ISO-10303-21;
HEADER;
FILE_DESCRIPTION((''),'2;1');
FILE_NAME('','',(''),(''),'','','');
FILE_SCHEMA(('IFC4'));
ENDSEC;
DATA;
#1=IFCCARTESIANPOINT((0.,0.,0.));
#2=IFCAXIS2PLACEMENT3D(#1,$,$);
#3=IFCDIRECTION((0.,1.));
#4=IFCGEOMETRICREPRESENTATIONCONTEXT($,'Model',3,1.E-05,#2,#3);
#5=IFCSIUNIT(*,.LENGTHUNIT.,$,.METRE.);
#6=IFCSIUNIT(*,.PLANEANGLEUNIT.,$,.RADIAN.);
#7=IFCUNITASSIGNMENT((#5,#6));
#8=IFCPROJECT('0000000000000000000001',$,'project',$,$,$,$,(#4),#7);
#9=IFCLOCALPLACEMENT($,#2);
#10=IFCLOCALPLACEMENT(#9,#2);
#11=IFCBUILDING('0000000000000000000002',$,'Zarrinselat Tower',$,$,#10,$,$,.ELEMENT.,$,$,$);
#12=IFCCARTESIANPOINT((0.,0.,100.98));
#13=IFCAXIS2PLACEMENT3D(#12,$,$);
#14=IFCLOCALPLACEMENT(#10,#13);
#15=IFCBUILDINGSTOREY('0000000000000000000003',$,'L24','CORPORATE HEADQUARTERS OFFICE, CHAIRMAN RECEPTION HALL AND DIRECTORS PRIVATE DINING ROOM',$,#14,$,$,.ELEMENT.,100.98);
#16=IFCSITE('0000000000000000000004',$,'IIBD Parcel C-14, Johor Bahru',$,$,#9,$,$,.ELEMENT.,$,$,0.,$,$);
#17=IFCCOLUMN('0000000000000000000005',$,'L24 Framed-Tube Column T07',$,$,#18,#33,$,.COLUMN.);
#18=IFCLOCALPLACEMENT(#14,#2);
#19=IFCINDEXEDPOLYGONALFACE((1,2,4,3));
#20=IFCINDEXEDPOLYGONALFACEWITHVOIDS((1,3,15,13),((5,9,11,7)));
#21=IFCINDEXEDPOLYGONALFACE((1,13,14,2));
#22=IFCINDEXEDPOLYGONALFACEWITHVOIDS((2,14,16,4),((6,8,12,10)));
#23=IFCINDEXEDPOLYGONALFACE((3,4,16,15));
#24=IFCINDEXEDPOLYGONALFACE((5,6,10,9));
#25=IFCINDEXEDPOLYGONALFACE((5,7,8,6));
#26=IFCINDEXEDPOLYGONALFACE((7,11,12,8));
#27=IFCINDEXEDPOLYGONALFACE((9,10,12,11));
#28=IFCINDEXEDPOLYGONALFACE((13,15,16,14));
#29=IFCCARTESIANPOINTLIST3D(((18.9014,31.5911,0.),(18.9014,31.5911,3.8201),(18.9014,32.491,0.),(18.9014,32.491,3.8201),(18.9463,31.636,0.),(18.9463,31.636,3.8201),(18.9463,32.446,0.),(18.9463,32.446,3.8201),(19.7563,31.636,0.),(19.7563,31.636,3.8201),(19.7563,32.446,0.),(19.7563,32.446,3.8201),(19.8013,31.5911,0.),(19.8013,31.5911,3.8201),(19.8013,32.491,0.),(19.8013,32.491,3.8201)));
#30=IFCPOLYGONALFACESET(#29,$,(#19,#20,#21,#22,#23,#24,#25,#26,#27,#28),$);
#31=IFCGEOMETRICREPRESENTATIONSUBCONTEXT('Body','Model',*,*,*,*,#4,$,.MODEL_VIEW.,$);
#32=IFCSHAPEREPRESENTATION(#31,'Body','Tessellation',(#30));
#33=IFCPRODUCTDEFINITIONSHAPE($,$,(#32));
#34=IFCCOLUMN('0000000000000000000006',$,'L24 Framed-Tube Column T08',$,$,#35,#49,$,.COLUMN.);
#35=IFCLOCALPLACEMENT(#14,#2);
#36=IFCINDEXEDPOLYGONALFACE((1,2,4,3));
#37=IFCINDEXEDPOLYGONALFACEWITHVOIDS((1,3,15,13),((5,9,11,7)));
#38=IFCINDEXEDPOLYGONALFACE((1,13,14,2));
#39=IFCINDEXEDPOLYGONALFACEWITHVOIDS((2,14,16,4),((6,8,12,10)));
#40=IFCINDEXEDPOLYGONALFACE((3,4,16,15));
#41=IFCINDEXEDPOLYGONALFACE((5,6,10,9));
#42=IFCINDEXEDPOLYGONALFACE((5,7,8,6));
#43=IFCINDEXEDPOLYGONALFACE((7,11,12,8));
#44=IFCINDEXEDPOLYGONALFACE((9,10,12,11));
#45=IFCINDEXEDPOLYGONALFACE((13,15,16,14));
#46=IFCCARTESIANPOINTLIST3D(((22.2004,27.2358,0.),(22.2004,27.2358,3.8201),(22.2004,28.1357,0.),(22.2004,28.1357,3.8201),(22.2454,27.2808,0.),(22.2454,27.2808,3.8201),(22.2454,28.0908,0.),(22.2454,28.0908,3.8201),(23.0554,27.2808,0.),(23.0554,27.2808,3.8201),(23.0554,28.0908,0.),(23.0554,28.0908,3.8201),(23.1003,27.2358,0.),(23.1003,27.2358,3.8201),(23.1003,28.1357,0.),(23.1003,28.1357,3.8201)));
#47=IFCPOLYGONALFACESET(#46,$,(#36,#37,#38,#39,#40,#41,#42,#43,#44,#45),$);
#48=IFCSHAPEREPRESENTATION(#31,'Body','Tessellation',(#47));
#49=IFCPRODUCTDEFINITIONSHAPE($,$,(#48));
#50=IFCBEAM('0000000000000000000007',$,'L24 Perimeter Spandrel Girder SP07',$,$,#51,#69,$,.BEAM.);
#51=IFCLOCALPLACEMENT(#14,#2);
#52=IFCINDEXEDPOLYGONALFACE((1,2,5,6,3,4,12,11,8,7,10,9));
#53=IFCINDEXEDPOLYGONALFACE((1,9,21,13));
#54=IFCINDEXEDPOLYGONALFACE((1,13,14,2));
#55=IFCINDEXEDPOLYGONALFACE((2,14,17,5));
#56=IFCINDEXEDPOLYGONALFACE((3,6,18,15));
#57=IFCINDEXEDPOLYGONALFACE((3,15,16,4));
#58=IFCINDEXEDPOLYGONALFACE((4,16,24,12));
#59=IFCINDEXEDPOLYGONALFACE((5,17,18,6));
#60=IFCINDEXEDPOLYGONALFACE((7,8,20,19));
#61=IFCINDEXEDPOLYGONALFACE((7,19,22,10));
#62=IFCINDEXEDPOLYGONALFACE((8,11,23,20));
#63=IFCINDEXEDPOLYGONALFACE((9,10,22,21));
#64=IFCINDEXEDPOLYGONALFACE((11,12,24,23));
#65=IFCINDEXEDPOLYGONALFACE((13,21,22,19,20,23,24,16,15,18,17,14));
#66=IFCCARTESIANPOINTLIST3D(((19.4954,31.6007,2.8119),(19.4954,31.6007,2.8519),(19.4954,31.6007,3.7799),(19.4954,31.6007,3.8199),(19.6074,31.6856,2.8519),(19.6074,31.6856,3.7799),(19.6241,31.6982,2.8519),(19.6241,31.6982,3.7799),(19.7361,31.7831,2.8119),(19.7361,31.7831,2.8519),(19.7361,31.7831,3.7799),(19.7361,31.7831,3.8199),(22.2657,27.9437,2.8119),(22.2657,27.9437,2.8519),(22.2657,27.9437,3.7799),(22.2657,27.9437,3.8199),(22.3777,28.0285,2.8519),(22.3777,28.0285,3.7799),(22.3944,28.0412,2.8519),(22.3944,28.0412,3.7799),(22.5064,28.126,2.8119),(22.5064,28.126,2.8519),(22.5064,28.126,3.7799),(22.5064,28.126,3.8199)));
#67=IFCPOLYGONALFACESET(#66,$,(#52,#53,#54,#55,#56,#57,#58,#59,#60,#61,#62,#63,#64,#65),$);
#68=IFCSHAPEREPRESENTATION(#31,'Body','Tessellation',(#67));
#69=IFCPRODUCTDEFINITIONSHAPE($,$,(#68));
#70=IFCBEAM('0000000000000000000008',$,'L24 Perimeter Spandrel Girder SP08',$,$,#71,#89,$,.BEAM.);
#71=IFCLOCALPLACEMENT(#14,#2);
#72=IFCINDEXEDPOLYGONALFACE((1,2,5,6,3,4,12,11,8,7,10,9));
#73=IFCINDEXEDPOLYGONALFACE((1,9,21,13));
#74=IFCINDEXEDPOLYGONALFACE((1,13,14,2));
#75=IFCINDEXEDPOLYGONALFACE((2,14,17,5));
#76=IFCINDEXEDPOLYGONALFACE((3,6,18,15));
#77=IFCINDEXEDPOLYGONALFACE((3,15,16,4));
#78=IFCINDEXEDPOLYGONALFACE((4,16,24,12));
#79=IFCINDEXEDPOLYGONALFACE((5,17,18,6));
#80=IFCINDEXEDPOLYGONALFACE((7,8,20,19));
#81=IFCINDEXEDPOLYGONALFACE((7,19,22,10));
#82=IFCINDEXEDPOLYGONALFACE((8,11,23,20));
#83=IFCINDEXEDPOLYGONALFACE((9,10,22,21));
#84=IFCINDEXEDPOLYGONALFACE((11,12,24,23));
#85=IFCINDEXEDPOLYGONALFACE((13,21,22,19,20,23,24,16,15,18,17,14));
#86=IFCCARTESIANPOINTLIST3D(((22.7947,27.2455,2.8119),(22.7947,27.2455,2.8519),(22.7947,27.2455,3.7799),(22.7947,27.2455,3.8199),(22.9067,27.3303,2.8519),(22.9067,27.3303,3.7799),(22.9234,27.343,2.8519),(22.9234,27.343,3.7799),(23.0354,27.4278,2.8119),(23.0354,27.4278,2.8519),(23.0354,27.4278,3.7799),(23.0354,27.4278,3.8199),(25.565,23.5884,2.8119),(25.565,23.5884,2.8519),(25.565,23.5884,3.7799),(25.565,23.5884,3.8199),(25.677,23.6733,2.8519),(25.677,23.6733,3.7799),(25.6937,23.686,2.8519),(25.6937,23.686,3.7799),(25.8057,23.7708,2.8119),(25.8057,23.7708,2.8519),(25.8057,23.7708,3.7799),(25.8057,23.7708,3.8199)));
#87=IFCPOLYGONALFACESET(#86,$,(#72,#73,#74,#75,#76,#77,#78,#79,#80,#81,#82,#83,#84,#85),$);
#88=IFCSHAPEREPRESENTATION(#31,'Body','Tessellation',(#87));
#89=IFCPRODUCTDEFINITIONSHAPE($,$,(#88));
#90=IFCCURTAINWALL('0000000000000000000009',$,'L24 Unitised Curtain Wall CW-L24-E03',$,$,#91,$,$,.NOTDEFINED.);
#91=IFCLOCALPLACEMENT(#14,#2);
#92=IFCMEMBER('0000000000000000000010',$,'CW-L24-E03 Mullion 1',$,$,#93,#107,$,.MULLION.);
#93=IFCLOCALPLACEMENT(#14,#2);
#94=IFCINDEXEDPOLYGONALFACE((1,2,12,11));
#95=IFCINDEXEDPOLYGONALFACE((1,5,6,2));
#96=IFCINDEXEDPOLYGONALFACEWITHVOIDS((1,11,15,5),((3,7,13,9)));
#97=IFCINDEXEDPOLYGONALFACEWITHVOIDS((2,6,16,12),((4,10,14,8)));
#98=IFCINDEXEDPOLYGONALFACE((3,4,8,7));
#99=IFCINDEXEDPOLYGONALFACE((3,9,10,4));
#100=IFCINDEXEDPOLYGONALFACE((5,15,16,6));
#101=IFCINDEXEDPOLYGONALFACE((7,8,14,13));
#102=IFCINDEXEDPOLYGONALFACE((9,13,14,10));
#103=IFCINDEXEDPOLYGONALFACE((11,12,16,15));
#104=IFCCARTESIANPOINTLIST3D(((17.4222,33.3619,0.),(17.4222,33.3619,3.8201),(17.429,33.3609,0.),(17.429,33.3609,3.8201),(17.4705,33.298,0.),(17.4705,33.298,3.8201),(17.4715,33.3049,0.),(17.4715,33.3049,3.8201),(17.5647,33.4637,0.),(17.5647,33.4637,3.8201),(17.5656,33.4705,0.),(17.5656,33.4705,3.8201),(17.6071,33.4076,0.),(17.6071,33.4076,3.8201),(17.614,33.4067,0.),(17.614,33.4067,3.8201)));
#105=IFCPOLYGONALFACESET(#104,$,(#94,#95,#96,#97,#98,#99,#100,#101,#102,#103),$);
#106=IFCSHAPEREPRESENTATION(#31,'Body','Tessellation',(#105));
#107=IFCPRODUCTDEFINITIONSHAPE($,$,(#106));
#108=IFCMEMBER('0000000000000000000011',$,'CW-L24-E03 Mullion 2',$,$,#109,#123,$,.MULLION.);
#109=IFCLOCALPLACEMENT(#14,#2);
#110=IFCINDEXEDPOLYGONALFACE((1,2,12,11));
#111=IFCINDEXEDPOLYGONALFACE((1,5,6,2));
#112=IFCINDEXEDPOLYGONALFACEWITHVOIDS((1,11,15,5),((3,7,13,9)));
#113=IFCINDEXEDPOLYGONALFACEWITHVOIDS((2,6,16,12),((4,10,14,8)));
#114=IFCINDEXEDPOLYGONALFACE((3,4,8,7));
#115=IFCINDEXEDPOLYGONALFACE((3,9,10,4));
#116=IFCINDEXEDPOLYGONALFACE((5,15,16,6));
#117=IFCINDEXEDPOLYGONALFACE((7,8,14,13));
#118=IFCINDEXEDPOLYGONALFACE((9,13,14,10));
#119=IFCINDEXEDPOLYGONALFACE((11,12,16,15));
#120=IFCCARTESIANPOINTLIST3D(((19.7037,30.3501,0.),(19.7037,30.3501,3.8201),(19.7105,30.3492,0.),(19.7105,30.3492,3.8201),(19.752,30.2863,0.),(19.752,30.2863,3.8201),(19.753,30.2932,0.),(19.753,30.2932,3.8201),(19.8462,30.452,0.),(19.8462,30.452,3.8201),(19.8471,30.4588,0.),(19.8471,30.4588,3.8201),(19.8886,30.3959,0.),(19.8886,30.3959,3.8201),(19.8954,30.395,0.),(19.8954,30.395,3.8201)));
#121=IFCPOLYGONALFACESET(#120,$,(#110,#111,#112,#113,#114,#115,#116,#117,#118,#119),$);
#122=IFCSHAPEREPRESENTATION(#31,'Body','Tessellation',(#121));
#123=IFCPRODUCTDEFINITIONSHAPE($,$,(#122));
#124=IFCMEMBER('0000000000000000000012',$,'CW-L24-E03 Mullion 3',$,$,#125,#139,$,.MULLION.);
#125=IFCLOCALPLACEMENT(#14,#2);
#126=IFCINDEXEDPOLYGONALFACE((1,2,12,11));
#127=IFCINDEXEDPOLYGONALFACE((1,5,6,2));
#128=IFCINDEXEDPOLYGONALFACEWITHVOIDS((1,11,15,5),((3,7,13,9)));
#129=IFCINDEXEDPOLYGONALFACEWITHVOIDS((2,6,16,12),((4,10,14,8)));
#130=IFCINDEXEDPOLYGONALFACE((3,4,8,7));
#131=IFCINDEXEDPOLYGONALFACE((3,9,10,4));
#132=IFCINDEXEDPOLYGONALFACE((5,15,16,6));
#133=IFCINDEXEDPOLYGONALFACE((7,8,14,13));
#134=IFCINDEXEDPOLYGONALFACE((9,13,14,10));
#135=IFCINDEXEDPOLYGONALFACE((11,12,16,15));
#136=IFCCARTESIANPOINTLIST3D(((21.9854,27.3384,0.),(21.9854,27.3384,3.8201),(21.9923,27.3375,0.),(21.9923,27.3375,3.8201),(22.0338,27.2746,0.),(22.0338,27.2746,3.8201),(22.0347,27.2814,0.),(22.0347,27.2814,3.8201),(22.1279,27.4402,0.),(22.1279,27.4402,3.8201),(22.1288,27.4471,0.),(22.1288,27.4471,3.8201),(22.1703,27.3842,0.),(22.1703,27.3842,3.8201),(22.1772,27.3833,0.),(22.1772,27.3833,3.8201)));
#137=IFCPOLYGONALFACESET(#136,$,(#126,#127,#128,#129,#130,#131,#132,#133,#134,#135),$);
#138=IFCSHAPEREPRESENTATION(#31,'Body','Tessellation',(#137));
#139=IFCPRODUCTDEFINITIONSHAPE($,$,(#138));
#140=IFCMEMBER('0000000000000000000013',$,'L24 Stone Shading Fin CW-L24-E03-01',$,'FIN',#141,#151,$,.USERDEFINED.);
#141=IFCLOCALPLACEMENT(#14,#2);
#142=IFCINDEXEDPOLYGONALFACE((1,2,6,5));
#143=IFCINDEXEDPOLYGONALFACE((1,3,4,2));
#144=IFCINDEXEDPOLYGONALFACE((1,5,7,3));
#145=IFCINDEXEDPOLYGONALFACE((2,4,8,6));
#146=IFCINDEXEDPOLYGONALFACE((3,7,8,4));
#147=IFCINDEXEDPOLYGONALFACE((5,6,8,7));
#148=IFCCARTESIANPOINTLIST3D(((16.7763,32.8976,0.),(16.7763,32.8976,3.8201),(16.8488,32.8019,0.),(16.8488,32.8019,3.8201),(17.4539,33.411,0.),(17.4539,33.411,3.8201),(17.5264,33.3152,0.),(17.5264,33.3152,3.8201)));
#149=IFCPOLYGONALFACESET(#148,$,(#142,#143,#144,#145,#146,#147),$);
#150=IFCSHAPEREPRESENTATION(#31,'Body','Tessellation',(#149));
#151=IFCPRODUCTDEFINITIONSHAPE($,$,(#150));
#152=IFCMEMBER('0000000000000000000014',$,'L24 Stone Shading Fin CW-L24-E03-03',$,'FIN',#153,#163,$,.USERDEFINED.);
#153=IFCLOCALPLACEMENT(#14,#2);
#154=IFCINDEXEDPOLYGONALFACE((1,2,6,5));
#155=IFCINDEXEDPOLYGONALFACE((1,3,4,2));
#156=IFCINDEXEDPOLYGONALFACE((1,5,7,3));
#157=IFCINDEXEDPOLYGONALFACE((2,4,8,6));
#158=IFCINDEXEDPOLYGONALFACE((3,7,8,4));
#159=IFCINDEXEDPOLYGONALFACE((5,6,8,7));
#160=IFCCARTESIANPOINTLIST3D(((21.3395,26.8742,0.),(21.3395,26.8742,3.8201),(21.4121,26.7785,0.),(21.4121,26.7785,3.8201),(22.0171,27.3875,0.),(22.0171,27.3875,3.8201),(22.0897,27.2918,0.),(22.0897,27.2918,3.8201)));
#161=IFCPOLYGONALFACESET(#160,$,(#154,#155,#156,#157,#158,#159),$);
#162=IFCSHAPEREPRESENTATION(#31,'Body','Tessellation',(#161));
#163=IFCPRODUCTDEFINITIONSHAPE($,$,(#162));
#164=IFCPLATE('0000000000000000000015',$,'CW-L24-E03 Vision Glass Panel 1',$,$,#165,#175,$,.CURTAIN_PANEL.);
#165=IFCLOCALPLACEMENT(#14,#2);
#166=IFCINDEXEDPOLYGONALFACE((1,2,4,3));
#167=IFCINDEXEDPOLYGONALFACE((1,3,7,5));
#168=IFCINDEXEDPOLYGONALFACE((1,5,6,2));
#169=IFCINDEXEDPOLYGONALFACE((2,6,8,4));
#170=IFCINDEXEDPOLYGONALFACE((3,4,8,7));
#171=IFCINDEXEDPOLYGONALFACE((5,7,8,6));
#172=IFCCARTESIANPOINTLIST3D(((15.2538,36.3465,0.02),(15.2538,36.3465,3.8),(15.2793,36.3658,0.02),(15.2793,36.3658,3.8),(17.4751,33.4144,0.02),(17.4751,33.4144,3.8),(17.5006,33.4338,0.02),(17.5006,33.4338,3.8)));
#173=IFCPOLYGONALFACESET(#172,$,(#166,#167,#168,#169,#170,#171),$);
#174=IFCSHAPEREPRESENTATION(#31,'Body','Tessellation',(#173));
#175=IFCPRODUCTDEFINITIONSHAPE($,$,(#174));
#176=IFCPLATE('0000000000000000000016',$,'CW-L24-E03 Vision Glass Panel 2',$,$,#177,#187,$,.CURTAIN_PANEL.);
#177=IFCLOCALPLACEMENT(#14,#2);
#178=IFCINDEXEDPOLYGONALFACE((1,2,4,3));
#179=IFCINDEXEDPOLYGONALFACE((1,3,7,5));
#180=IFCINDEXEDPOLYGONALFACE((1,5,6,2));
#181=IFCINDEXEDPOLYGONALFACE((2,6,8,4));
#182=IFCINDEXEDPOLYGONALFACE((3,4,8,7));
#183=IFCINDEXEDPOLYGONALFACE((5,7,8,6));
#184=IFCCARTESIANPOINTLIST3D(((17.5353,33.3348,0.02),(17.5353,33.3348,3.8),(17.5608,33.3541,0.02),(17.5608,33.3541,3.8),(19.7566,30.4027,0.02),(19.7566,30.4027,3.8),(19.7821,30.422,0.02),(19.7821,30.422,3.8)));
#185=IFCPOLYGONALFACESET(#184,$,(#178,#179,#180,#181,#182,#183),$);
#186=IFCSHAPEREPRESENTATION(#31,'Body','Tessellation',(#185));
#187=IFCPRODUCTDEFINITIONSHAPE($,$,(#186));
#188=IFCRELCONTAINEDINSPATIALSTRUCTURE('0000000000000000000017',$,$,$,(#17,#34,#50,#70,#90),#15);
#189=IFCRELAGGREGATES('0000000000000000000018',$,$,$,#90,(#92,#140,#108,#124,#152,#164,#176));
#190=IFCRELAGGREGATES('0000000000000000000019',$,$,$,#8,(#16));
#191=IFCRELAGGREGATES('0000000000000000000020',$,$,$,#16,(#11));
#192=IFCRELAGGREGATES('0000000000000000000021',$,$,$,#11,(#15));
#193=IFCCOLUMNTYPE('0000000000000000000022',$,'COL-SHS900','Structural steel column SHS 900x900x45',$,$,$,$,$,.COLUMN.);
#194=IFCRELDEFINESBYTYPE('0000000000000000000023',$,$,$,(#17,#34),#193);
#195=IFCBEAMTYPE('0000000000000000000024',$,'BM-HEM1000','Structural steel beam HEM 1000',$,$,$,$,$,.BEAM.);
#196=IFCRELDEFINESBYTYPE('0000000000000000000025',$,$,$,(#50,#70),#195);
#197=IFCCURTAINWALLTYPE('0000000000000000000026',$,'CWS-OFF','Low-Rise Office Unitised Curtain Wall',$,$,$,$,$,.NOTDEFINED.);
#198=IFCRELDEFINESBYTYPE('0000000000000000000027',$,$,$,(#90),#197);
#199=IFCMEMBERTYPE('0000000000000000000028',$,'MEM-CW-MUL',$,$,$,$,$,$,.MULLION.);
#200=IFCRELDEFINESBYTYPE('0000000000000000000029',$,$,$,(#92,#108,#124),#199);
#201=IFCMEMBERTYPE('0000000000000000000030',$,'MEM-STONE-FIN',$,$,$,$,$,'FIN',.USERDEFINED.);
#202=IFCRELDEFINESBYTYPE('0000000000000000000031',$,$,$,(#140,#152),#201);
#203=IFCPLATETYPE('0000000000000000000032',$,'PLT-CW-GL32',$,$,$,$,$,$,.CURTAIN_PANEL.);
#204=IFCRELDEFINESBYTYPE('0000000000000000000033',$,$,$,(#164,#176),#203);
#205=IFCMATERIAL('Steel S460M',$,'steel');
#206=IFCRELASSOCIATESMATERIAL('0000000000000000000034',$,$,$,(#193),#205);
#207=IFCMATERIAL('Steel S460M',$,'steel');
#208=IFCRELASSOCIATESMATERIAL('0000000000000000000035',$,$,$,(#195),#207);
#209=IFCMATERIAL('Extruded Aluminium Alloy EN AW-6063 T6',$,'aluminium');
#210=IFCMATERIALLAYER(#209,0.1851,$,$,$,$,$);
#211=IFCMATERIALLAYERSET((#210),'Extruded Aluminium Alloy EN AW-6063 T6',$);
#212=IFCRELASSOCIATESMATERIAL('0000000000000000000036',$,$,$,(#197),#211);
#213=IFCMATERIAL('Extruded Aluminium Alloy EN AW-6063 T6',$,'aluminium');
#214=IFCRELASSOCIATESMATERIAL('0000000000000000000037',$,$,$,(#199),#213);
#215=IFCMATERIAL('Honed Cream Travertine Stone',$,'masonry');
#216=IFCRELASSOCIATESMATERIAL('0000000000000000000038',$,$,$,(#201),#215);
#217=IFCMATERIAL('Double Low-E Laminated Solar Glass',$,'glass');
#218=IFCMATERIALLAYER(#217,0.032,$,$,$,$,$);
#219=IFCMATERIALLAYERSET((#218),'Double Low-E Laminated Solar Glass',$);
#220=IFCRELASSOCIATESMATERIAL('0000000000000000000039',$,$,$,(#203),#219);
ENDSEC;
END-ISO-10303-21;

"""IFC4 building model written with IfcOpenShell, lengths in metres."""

from ifc_helpers import new_model, si_unit, direction, frame, origin, origin_2d, place, context, subcontext, project, spatial, rectangle, hollow_rectangle, i_section, extrude, material, layer, layer_set, material_profile, profile_set, type_object, element, aggregate, save


model = new_model("IFC4")

# Units and contexts
model_context = context("Model", 3, precision=1e-05, world=origin(), true_north=direction((0.0, 1.0)))
body_context = subcontext(model_context, "Body", "Model", "MODEL_VIEW")
ifc_project = project(units=[si_unit("LENGTHUNIT", "METRE"), si_unit("PLANEANGLEUNIT", "RADIAN")], contexts=[model_context])

# Site, building, storey
site_placement = place(None, origin())
site = spatial("IfcSite", under=ifc_project, at=site_placement, Name="IIBD Parcel C-14, Johor Bahru", CompositionType="ELEMENT", RefElevation=0.0)
building_placement = place(site_placement, origin())
building = spatial("IfcBuilding", under=site, at=building_placement, Name="Zarrinselat Tower", CompositionType="ELEMENT")
storey_placement = place(building_placement, frame((0.0, 0.0, 100.98)))
storey = spatial("IfcBuildingStorey", under=building, at=storey_placement, Name="L24", Description="CORPORATE HEADQUARTERS OFFICE, CHAIRMAN RECEPTION HALL AND DIRECTORS PRIVATE DINING ROOM", CompositionType="ELEMENT", Elevation=100.98)

# Columns
ifc_material_1 = material(Name="Steel S460M", Category="steel")
ifc_material_profile_1 = material_profile(ifc_material_1, hollow_rectangle(XDim=0.8999, YDim=0.8999, WallThickness=0.0449, at=origin_2d()), Name="SHS 900x900x45")
ifc_profile_set_1 = profile_set([ifc_material_profile_1], Name="Steel S460M")
column_type = type_object("IfcColumnType", Name="COL-SHS900", Description="Structural steel column SHS 900x900x45", PredefinedType="COLUMN", material=ifc_profile_set_1)
for number, where, z_axis, x_axis, name in (
    (1, (19.3513, 32.041, 0.0), (0.0, 0.0, 1.0), (1.0, 0.0, 0.0), "L24 Framed-Tube Column T07"),
    (2, (22.6504, 27.6858, 0.0), (0.0, 0.0, 1.0), (1.0, 0.0, 0.0), "L24 Framed-Tube Column T08"),
):
    element("IfcColumn", number, at=place(storey_placement, frame(where, z_axis=z_axis, x_axis=x_axis)), inside=storey, type_object=column_type, Name=name, PredefinedType="COLUMN", context=body_context, shape_type="SweptSolid", body=[
        extrude(hollow_rectangle(XDim=0.8999, YDim=0.8999, WallThickness=0.0449, at=origin_2d()), origin(), (0.0, 0.0, 1.0), 3.8201),
    ])

# Beams
ifc_material_2 = material(Name="Steel S460M", Category="steel")
ifc_material_profile_2 = material_profile(ifc_material_2, i_section(OverallWidth=0.302, OverallDepth=1.0081, WebThickness=0.021, FlangeThickness=0.04, at=origin_2d()), Name="HEM 1000")
ifc_profile_set_2 = profile_set([ifc_material_profile_2], Name="Steel S460M")
beam_type = type_object("IfcBeamType", Name="BM-HEM1000", Description="Structural steel beam HEM 1000", PredefinedType="BEAM", material=ifc_profile_set_2)
for number, where, z_axis, x_axis, name in (
    (3, (19.6157, 31.6919, 3.3159), (0.603833, -0.797111, 0.0), (0.797111, 0.603833, 0.0), "L24 Perimeter Spandrel Girder SP07"),
    (4, (22.915, 27.3367, 3.3159), (0.603833, -0.797111, 0.0), (0.797111, 0.603833, 0.0), "L24 Perimeter Spandrel Girder SP08"),
):
    element("IfcBeam", number, at=place(storey_placement, frame(where, z_axis=z_axis, x_axis=x_axis)), inside=storey, type_object=beam_type, Name=name, PredefinedType="BEAM", context=body_context, shape_type="SweptSolid", body=[
        extrude(i_section(OverallWidth=0.302, OverallDepth=1.0081, WebThickness=0.021, FlangeThickness=0.04, at=origin_2d()), origin(), (0.0, 0.0, 1.0), 4.5879),
    ])

# Curtain wall, members, plates
ifc_material_3 = material(Name="Extruded Aluminium Alloy EN AW-6063 T6", Category="aluminium")
ifc_layer_1 = layer(ifc_material_3, 0.1851)
ifc_layer_set_1 = layer_set([ifc_layer_1], Name="Extruded Aluminium Alloy EN AW-6063 T6")
curtain_wall_type = type_object("IfcCurtainWallType", Name="CWS-OFF", Description="Low-Rise Office Unitised Curtain Wall", PredefinedType="NOTDEFINED", material=ifc_layer_set_1)
curtain_wall_placement = place(storey_placement, origin())
curtain_wall = element("IfcCurtainWall", 5, at=curtain_wall_placement, inside=storey, type_object=curtain_wall_type, Name="L24 Unitised Curtain Wall CW-L24-E03", PredefinedType="NOTDEFINED")
ifc_material_4 = material(Name="Extruded Aluminium Alloy EN AW-6063 T6", Category="aluminium")
ifc_material_profile_3 = material_profile(ifc_material_4, hollow_rectangle(XDim=0.0801, YDim=0.1799, WallThickness=0.0049, at=origin_2d()), Name="RHS 180x80x5")
ifc_profile_set_3 = profile_set([ifc_material_profile_3], Name="Extruded Aluminium Alloy EN AW-6063 T6")
member_type_1 = type_object("IfcMemberType", Name="MEM-CW-MUL", PredefinedType="MULLION", material=ifc_profile_set_3)
member_1_placement = place(storey_placement, frame((17.5181, 33.3843, 0.0), z_axis=(0.0, 0.0, 1.0), x_axis=(0.603858, -0.797092, 0.0)))
member_1 = element("IfcMember", 6, at=member_1_placement, type_object=member_type_1, Name="CW-L24-E03 Mullion 1", PredefinedType="MULLION", context=body_context, shape_type="SweptSolid", body=[
    extrude(hollow_rectangle(XDim=0.0801, YDim=0.1799, WallThickness=0.0049, at=origin_2d()), origin(), (0.0, 0.0, 1.0), 3.8201),
])
member_2_placement = place(storey_placement, frame((19.7996, 30.3726, 0.0), z_axis=(0.0, 0.0, 1.0), x_axis=(0.603858, -0.797092, 0.0)))
member_2 = element("IfcMember", 7, at=member_2_placement, type_object=member_type_1, Name="CW-L24-E03 Mullion 2", PredefinedType="MULLION", context=body_context, shape_type="SweptSolid", body=[
    extrude(hollow_rectangle(XDim=0.0801, YDim=0.1799, WallThickness=0.0049, at=origin_2d()), origin(), (0.0, 0.0, 1.0), 3.8201),
])
member_3_placement = place(storey_placement, frame((22.0813, 27.3608, 0.0), z_axis=(0.0, 0.0, 1.0), x_axis=(0.603858, -0.797092, 0.0)))
member_3 = element("IfcMember", 8, at=member_3_placement, type_object=member_type_1, Name="CW-L24-E03 Mullion 3", PredefinedType="MULLION", context=body_context, shape_type="SweptSolid", body=[
    extrude(hollow_rectangle(XDim=0.0801, YDim=0.1799, WallThickness=0.0049, at=origin_2d()), origin(), (0.0, 0.0, 1.0), 3.8201),
])
ifc_material_5 = material(Name="Honed Cream Travertine Stone", Category="masonry")
ifc_material_profile_4 = material_profile(ifc_material_5, rectangle(XDim=0.1201, YDim=0.8501, at=origin_2d()), Name="FIN 850x120")
ifc_profile_set_4 = profile_set([ifc_material_profile_4], Name="Honed Cream Travertine Stone")
member_type_2 = type_object("IfcMemberType", Name="MEM-STONE-FIN", ElementType="FIN", PredefinedType="USERDEFINED", material=ifc_profile_set_4)
member_4_placement = place(storey_placement, frame((17.1514, 33.1064, 0.0), z_axis=(0.0, 0.0, 1.0), x_axis=(-0.603858, 0.797092, 0.0)))
member_4 = element("IfcMember", 9, at=member_4_placement, type_object=member_type_2, Name="L24 Stone Shading Fin CW-L24-E03-01", ObjectType="FIN", PredefinedType="USERDEFINED", context=body_context, shape_type="SweptSolid", body=[
    extrude(rectangle(XDim=0.1201, YDim=0.8501, at=origin_2d()), origin(), (0.0, 0.0, 1.0), 3.8201),
])
member_5_placement = place(storey_placement, frame((21.7146, 27.083, 0.0), z_axis=(0.0, 0.0, 1.0), x_axis=(-0.603858, 0.797092, 0.0)))
member_5 = element("IfcMember", 10, at=member_5_placement, type_object=member_type_2, Name="L24 Stone Shading Fin CW-L24-E03-03", ObjectType="FIN", PredefinedType="USERDEFINED", context=body_context, shape_type="SweptSolid", body=[
    extrude(rectangle(XDim=0.1201, YDim=0.8501, at=origin_2d()), origin(), (0.0, 0.0, 1.0), 3.8201),
])
ifc_material_6 = material(Name="Double Low-E Laminated Solar Glass", Category="glass")
ifc_layer_2 = layer(ifc_material_6, 0.032)
ifc_layer_set_2 = layer_set([ifc_layer_2], Name="Double Low-E Laminated Solar Glass")
plate_type = type_object("IfcPlateType", Name="PLT-CW-GL32", PredefinedType="CURTAIN_PANEL", material=ifc_layer_set_2)
plate_1_placement = place(storey_placement, frame((16.3772, 34.8901, 0.02), z_axis=(0.0, 0.0, 1.0), x_axis=(0.603858, -0.797092, 0.0)))
plate_1 = element("IfcPlate", 11, at=plate_1_placement, type_object=plate_type, Name="CW-L24-E03 Vision Glass Panel 1", PredefinedType="CURTAIN_PANEL", context=body_context, shape_type="SweptSolid", body=[
    extrude(rectangle(XDim=3.6785, YDim=0.032, at=origin_2d()), origin(), (0.0, 0.0, 1.0), 3.78),
])
plate_2_placement = place(storey_placement, frame((18.6587, 31.8784, 0.02), z_axis=(0.0, 0.0, 1.0), x_axis=(0.603858, -0.797092, 0.0)))
plate_2 = element("IfcPlate", 12, at=plate_2_placement, type_object=plate_type, Name="CW-L24-E03 Vision Glass Panel 2", PredefinedType="CURTAIN_PANEL", context=body_context, shape_type="SweptSolid", body=[
    extrude(rectangle(XDim=3.6785, YDim=0.032, at=origin_2d()), origin(), (0.0, 0.0, 1.0), 3.78),
])
aggregate(curtain_wall, [member_1, member_4, member_2, member_3, member_5, plate_1, plate_2])

save(model, "model.ifc")
